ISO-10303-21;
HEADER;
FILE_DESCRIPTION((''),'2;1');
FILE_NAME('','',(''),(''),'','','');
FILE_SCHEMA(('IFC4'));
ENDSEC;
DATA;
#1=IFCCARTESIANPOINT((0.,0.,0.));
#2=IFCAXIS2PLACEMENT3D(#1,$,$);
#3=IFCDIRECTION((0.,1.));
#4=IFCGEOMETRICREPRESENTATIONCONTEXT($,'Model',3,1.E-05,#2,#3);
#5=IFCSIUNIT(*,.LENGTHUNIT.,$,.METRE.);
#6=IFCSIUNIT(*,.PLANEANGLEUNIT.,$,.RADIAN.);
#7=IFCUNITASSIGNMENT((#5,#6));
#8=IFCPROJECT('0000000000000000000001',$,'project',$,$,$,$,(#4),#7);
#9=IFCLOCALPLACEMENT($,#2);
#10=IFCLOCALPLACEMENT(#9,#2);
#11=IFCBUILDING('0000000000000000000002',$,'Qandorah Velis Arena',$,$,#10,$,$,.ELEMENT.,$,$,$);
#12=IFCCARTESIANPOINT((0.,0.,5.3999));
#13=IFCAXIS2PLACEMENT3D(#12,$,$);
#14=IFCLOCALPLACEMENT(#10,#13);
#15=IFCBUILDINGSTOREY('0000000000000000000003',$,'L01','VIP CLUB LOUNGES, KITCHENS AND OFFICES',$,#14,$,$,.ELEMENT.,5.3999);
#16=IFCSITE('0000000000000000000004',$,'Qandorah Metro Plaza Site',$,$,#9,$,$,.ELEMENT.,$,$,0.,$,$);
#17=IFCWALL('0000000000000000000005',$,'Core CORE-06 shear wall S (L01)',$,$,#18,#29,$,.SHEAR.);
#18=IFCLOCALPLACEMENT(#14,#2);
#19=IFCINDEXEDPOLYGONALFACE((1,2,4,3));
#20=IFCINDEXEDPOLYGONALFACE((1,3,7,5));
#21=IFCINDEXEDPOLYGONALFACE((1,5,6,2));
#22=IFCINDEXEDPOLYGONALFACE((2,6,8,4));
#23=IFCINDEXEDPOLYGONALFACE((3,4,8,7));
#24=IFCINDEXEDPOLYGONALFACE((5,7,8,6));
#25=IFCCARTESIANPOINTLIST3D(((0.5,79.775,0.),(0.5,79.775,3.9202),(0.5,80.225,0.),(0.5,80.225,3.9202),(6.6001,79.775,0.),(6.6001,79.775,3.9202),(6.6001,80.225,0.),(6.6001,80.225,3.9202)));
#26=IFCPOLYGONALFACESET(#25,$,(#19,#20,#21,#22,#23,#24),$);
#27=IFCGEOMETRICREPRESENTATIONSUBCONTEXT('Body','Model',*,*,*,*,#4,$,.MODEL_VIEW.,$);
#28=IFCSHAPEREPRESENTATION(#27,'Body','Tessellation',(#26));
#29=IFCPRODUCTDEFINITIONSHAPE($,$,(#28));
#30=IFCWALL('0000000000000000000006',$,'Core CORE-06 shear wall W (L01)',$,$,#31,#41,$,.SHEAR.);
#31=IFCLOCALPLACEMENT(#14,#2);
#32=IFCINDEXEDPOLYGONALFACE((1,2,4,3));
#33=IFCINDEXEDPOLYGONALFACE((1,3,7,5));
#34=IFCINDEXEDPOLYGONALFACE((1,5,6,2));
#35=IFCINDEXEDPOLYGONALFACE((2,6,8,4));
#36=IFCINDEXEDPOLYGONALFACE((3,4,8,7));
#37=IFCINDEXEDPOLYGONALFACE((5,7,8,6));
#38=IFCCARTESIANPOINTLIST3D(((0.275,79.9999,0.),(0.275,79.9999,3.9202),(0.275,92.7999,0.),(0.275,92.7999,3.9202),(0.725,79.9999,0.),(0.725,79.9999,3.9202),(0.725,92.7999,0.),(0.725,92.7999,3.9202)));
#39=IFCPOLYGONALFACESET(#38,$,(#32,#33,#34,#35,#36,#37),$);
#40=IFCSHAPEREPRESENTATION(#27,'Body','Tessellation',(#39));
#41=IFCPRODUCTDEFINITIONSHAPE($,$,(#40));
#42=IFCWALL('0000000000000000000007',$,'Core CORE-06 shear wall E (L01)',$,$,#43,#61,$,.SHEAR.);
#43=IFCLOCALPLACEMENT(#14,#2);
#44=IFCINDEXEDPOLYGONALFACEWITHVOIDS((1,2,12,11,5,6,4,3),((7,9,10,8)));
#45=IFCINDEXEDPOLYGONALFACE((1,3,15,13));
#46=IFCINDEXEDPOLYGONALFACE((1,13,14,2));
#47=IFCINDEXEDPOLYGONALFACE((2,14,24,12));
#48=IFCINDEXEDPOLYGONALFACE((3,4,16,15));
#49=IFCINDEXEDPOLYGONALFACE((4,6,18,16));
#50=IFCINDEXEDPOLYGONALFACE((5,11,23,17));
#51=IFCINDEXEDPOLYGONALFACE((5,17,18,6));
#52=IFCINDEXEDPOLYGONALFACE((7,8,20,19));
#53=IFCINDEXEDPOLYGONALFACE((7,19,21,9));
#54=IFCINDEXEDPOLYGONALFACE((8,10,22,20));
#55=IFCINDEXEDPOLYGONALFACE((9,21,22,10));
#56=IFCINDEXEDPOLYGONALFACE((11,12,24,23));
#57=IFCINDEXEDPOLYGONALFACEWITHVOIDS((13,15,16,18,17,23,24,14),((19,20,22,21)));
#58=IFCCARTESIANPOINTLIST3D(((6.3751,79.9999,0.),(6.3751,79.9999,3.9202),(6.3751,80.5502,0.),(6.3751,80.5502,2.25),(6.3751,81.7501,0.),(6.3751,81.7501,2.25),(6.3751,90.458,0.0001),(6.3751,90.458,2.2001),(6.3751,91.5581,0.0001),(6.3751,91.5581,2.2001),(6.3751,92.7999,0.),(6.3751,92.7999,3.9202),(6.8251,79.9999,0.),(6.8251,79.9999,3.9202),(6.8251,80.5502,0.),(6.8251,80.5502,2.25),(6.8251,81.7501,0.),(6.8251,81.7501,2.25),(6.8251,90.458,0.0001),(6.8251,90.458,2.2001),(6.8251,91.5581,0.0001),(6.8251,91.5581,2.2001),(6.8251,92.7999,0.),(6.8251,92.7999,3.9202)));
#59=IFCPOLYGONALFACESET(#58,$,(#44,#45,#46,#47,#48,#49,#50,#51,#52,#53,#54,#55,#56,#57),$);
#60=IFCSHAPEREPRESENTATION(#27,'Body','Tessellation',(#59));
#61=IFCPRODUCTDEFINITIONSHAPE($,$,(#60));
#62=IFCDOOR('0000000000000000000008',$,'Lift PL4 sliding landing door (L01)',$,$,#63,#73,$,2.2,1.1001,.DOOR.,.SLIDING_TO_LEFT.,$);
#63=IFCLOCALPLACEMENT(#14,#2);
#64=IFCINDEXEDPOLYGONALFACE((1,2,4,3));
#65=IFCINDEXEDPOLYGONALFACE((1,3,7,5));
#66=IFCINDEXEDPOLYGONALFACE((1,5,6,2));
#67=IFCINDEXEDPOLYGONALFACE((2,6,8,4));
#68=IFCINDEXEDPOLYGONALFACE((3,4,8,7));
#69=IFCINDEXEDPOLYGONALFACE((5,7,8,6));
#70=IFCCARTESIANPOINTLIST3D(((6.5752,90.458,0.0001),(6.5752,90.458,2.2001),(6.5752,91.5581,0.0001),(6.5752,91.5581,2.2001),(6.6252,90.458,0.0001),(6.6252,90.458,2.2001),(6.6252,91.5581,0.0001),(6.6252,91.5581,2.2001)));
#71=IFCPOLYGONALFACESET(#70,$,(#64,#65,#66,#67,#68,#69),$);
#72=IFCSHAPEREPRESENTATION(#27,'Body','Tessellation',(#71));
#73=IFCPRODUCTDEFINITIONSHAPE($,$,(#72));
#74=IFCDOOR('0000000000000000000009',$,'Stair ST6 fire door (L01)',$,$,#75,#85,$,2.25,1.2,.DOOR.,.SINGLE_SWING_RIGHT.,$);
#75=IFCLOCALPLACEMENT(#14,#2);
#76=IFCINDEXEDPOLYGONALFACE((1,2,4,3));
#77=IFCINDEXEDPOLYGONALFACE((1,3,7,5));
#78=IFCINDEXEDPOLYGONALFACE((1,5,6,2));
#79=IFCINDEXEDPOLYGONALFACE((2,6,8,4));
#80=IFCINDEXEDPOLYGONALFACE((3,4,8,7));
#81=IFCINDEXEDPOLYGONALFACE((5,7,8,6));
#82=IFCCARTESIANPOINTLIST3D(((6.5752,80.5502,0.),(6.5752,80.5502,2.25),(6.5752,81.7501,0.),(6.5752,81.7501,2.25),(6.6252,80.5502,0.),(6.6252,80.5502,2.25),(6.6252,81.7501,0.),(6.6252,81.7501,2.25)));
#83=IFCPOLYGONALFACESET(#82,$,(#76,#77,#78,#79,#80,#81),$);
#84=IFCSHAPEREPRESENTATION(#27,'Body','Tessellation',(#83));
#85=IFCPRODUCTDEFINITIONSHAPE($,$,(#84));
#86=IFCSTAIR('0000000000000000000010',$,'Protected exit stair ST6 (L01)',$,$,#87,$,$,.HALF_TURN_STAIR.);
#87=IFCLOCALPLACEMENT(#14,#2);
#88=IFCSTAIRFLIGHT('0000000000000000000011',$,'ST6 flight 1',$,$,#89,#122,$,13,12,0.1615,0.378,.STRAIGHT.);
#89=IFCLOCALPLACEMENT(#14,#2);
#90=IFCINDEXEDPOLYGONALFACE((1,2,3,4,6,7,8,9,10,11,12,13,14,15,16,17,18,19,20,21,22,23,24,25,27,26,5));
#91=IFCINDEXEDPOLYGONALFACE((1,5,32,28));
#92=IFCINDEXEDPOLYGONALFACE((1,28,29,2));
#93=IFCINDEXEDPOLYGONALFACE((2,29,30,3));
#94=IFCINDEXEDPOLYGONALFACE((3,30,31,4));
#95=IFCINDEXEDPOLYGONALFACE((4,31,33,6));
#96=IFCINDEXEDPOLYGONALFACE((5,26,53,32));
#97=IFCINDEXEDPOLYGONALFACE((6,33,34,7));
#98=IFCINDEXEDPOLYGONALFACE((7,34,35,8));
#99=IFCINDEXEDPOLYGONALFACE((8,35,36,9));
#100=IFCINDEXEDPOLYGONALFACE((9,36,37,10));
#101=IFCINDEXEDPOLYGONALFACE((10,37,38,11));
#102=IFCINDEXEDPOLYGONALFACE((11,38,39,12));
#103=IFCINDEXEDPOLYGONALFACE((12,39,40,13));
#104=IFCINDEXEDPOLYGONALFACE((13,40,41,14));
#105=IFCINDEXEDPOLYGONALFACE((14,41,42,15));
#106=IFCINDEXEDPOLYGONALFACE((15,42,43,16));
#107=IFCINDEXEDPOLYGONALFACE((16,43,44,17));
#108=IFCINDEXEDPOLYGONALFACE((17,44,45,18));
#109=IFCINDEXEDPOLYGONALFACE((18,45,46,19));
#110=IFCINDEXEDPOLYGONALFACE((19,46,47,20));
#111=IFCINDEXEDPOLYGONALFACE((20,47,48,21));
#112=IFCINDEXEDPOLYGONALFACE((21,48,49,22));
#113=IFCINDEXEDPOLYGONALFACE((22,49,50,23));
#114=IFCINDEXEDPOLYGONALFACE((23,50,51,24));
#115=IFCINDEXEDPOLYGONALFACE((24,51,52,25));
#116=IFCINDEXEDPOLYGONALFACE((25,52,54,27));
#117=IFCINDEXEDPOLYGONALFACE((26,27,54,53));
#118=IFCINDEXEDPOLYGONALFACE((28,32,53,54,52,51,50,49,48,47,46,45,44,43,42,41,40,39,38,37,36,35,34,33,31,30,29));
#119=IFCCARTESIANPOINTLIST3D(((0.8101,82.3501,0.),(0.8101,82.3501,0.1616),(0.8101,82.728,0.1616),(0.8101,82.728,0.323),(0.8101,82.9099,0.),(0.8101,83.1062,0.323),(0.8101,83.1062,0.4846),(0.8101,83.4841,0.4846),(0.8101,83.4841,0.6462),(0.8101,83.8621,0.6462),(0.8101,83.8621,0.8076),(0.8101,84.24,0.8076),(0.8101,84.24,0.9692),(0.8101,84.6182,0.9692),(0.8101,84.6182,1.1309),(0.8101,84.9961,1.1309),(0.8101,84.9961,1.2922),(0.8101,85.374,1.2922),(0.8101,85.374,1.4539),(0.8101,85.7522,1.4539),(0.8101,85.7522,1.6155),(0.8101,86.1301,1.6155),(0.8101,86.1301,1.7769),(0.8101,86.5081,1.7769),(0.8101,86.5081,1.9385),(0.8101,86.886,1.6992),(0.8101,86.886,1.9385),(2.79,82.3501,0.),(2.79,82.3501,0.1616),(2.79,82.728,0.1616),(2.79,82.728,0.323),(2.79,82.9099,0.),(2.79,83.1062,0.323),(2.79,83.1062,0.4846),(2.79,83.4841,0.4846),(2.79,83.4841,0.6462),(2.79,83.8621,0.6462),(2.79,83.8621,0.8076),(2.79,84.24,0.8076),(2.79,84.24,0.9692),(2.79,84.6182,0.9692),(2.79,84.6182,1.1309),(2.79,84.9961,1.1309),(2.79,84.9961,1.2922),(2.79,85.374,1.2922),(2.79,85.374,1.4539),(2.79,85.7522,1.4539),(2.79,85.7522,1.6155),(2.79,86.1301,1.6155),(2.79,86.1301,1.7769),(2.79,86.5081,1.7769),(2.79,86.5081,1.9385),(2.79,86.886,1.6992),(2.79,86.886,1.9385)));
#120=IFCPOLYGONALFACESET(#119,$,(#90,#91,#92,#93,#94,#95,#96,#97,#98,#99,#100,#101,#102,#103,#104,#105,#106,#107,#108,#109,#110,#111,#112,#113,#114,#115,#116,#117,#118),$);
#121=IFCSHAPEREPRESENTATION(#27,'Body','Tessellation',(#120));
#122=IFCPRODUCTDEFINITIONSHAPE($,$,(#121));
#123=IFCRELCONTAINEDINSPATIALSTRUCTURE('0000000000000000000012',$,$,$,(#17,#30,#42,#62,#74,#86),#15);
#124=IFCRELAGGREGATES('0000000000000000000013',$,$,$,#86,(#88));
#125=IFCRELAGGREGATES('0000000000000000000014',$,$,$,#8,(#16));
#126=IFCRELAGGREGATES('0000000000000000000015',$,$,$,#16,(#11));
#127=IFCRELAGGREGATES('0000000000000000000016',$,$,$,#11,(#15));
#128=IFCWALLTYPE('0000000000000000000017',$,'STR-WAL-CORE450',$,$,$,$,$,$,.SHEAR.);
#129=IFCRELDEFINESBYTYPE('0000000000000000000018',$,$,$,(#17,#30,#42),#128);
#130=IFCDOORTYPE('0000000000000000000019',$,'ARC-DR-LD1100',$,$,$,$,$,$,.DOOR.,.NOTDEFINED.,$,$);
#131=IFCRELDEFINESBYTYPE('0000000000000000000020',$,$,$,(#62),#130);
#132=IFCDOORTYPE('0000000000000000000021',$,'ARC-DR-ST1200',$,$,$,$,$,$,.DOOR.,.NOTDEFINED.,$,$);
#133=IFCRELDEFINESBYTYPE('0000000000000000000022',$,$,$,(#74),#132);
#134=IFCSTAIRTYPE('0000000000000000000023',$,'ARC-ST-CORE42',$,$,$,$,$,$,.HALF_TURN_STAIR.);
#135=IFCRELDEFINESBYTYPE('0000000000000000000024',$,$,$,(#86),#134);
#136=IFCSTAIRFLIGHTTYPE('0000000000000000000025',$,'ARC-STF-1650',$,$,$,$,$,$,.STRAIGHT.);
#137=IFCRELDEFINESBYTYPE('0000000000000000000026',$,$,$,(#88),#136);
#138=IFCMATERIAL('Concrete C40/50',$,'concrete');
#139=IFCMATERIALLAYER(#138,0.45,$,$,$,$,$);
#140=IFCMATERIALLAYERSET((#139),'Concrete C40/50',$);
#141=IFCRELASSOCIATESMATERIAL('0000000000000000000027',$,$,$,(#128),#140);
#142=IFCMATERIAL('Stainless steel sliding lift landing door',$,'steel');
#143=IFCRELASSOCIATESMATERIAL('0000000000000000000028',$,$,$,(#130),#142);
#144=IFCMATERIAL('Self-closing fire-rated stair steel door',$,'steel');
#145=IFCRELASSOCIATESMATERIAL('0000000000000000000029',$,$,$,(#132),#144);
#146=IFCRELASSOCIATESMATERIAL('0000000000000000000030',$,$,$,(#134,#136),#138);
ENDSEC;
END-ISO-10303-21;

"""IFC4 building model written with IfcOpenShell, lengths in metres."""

from ifc_helpers import new_model, si_unit, direction, frame, frame_2d, origin, place, context, subcontext, project, spatial, polyline, rectangle, outline, extrude, material, layer, layer_set, type_object, element, fill, aggregate, save


model = new_model("IFC4")

# Units and contexts
model_context = context("Model", 3, precision=1e-05, world=origin(), true_north=direction((0.0, 1.0)))
body_context = subcontext(model_context, "Body", "Model", "MODEL_VIEW")
ifc_project = project(units=[si_unit("LENGTHUNIT", "METRE"), si_unit("PLANEANGLEUNIT", "RADIAN")], contexts=[model_context])

# Site, building, storey
site_placement = place(None, origin())
site = spatial("IfcSite", under=ifc_project, at=site_placement, Name="Qandorah Metro Plaza Site", CompositionType="ELEMENT", RefElevation=0.0)
building_placement = place(site_placement, origin())
building = spatial("IfcBuilding", under=site, at=building_placement, Name="Qandorah Velis Arena", CompositionType="ELEMENT")
storey_placement = place(building_placement, frame((0.0, 0.0, 5.3999)))
storey = spatial("IfcBuildingStorey", under=building, at=storey_placement, Name="L01", Description="VIP CLUB LOUNGES, KITCHENS AND OFFICES", CompositionType="ELEMENT", Elevation=5.3999)

# Shared definitions
ifc_material_1 = material(Name="Concrete C40/50", Category="concrete")

# Walls
ifc_layer_1 = layer(ifc_material_1, 0.45)
ifc_layer_set_1 = layer_set([ifc_layer_1], Name="Concrete C40/50")
wall_type_1 = type_object("IfcWallType", Name="STR-WAL-CORE450", PredefinedType="SHEAR", material=ifc_layer_set_1)
wall_1_placement = place(storey_placement, frame((0.5, 80.0, 0.0), z_axis=(0.0, 0.0, 1.0), x_axis=(1.0, 0.0, 0.0)))
element("IfcWall", 1, at=wall_1_placement, inside=storey, type_object=wall_type_1, Name="Core CORE-06 shear wall S (L01)", PredefinedType="SHEAR", context=body_context, shape_type="SweptSolid", body=[
    extrude(rectangle(XDim=6.1001, YDim=0.45, at=frame_2d((3.05, 0.0))), origin(), (0.0, 0.0, 1.0), 3.9202),
])
wall_2_placement = place(storey_placement, frame((0.5, 80.0, 0.0), z_axis=(0.0, 0.0, 1.0), x_axis=(0.0, 1.0, 0.0)))
element("IfcWall", 2, at=wall_2_placement, inside=storey, type_object=wall_type_1, Name="Core CORE-06 shear wall W (L01)", PredefinedType="SHEAR", context=body_context, shape_type="SweptSolid", body=[
    extrude(rectangle(XDim=12.8, YDim=0.45, at=frame_2d((6.3999, 0.0))), origin(), (0.0, 0.0, 1.0), 3.9202),
])

# Wall, openings, doors
wall_3_placement = place(storey_placement, frame((6.6001, 80.0, 0.0), z_axis=(0.0, 0.0, 1.0), x_axis=(0.0, 1.0, 0.0)))
wall_3 = element("IfcWall", 3, at=wall_3_placement, inside=storey, type_object=wall_type_1, Name="Core CORE-06 shear wall E (L01)", PredefinedType="SHEAR", context=body_context, shape_type="SweptSolid", body=[
    extrude(rectangle(XDim=12.8, YDim=0.45, at=frame_2d((6.3999, 0.0))), origin(), (0.0, 0.0, 1.0), 3.9202),
])
opening_1_placement = place(wall_3_placement, frame((0.55, 0.0, 0.0)))
opening_1 = element("IfcOpeningElement", 4, at=opening_1_placement, cuts=wall_3, PredefinedType="OPENING", context=body_context, shape_type="SweptSolid", body=[
    extrude(rectangle(XDim=1.2, YDim=2.25, at=frame_2d((0.6001, 1.125))), frame((0.0, 0.2349, 0.0), z_axis=(0.0, -1.0, 0.0), x_axis=(1.0, 0.0, 0.0)), (0.0, 0.0, 1.0), 0.47),
])
opening_2_placement = place(wall_3_placement, frame((10.458, 0.0, 0.0)))
opening_2 = element("IfcOpeningElement", 5, at=opening_2_placement, cuts=wall_3, PredefinedType="OPENING", context=body_context, shape_type="SweptSolid", body=[
    extrude(rectangle(XDim=1.1001, YDim=2.2, at=frame_2d((0.55, 1.1001))), frame((0.0, 0.2349, 0.0), z_axis=(0.0, -1.0, 0.0), x_axis=(1.0, 0.0, 0.0)), (0.0, 0.0, 1.0), 0.47),
])
ifc_material_2 = material(Name="Stainless steel sliding lift landing door", Category="steel")
door_type_1 = type_object("IfcDoorType", Name="ARC-DR-LD1100", OperationType="NOTDEFINED", PredefinedType="DOOR", material=ifc_material_2)
door_1_placement = place(opening_2_placement, origin())
door_1 = element("IfcDoor", 6, at=door_1_placement, inside=storey, type_object=door_type_1, Name="Lift PL4 sliding landing door (L01)", OperationType="SLIDING_TO_LEFT", OverallHeight=2.2, OverallWidth=1.1001, PredefinedType="DOOR", context=body_context, shape_type="SweptSolid", body=[
    extrude(rectangle(XDim=1.1001, YDim=2.2, at=frame_2d((0.55, 1.1001))), frame((0.0, 0.0249, 0.0), z_axis=(0.0, -1.0, 0.0), x_axis=(1.0, 0.0, 0.0)), (0.0, 0.0, 1.0), 0.05),
])
fill(opening_2, door_1)
ifc_material_3 = material(Name="Self-closing fire-rated stair steel door", Category="steel")
door_type_2 = type_object("IfcDoorType", Name="ARC-DR-ST1200", OperationType="NOTDEFINED", PredefinedType="DOOR", material=ifc_material_3)
door_2_placement = place(opening_1_placement, origin())
door_2 = element("IfcDoor", 7, at=door_2_placement, inside=storey, type_object=door_type_2, Name="Stair ST6 fire door (L01)", OperationType="SINGLE_SWING_RIGHT", OverallHeight=2.25, OverallWidth=1.2, PredefinedType="DOOR", context=body_context, shape_type="SweptSolid", body=[
    extrude(rectangle(XDim=1.2, YDim=2.25, at=frame_2d((0.6001, 1.125))), frame((0.0, 0.0249, 0.0), z_axis=(0.0, -1.0, 0.0), x_axis=(1.0, 0.0, 0.0)), (0.0, 0.0, 1.0), 0.05),
])
fill(opening_1, door_2)

# Stair, stair flight
stair_type = type_object("IfcStairType", Name="ARC-ST-CORE42", PredefinedType="HALF_TURN_STAIR", material=ifc_material_1)
stair_placement = place(storey_placement, origin())
stair = element("IfcStair", 8, at=stair_placement, inside=storey, type_object=stair_type, Name="Protected exit stair ST6 (L01)", PredefinedType="HALF_TURN_STAIR")
stair_flight_type = type_object("IfcStairFlightType", Name="ARC-STF-1650", PredefinedType="STRAIGHT", material=ifc_material_1)
stair_flight_placement = place(storey_placement, frame((1.8, 82.3501, 0.0), z_axis=(0.0, 0.0, 1.0), x_axis=(0.0, 1.0, 0.0)))
stair_flight = element("IfcStairFlight", 9, at=stair_flight_placement, type_object=stair_flight_type, Name="ST6 flight 1", NumberOfRisers=13, NumberOfTreads=12, PredefinedType="STRAIGHT", RiserHeight=0.1615, TreadLength=0.378, context=body_context, shape_type="SweptSolid", body=[
    extrude(outline(polyline([(0.0, 0.0), (0.0, 0.1616), (0.3779, 0.1616), (0.3779, 0.323), (0.7561, 0.323), (0.7561, 0.4846), (1.134, 0.4846), (1.134, 0.6462), (1.512, 0.6462), (1.512, 0.8076), (1.8899, 0.8076), (1.8899, 0.9692), (2.2681, 0.9692), (2.2681, 1.1309), (2.646, 1.1309), (2.646, 1.2922), (3.0239, 1.2922), (3.0239, 1.4539), (3.4021, 1.4539), (3.4021, 1.6155), (3.78, 1.6155), (3.78, 1.7769), (4.158, 1.7769), (4.158, 1.9385), (4.5359, 1.9385), (4.5359, 2.1001), (4.5359, 1.6992), (0.5598, 0.0), (0.0, 0.0)])), frame((0.0, 0.99, 0.0), z_axis=(0.0, -1.0, 0.0), x_axis=(1.0, 0.0, 0.0)), (0.0, 0.0, 1.0), 1.98),
])
aggregate(stair, [stair_flight])

save(model, "model.ifc")
